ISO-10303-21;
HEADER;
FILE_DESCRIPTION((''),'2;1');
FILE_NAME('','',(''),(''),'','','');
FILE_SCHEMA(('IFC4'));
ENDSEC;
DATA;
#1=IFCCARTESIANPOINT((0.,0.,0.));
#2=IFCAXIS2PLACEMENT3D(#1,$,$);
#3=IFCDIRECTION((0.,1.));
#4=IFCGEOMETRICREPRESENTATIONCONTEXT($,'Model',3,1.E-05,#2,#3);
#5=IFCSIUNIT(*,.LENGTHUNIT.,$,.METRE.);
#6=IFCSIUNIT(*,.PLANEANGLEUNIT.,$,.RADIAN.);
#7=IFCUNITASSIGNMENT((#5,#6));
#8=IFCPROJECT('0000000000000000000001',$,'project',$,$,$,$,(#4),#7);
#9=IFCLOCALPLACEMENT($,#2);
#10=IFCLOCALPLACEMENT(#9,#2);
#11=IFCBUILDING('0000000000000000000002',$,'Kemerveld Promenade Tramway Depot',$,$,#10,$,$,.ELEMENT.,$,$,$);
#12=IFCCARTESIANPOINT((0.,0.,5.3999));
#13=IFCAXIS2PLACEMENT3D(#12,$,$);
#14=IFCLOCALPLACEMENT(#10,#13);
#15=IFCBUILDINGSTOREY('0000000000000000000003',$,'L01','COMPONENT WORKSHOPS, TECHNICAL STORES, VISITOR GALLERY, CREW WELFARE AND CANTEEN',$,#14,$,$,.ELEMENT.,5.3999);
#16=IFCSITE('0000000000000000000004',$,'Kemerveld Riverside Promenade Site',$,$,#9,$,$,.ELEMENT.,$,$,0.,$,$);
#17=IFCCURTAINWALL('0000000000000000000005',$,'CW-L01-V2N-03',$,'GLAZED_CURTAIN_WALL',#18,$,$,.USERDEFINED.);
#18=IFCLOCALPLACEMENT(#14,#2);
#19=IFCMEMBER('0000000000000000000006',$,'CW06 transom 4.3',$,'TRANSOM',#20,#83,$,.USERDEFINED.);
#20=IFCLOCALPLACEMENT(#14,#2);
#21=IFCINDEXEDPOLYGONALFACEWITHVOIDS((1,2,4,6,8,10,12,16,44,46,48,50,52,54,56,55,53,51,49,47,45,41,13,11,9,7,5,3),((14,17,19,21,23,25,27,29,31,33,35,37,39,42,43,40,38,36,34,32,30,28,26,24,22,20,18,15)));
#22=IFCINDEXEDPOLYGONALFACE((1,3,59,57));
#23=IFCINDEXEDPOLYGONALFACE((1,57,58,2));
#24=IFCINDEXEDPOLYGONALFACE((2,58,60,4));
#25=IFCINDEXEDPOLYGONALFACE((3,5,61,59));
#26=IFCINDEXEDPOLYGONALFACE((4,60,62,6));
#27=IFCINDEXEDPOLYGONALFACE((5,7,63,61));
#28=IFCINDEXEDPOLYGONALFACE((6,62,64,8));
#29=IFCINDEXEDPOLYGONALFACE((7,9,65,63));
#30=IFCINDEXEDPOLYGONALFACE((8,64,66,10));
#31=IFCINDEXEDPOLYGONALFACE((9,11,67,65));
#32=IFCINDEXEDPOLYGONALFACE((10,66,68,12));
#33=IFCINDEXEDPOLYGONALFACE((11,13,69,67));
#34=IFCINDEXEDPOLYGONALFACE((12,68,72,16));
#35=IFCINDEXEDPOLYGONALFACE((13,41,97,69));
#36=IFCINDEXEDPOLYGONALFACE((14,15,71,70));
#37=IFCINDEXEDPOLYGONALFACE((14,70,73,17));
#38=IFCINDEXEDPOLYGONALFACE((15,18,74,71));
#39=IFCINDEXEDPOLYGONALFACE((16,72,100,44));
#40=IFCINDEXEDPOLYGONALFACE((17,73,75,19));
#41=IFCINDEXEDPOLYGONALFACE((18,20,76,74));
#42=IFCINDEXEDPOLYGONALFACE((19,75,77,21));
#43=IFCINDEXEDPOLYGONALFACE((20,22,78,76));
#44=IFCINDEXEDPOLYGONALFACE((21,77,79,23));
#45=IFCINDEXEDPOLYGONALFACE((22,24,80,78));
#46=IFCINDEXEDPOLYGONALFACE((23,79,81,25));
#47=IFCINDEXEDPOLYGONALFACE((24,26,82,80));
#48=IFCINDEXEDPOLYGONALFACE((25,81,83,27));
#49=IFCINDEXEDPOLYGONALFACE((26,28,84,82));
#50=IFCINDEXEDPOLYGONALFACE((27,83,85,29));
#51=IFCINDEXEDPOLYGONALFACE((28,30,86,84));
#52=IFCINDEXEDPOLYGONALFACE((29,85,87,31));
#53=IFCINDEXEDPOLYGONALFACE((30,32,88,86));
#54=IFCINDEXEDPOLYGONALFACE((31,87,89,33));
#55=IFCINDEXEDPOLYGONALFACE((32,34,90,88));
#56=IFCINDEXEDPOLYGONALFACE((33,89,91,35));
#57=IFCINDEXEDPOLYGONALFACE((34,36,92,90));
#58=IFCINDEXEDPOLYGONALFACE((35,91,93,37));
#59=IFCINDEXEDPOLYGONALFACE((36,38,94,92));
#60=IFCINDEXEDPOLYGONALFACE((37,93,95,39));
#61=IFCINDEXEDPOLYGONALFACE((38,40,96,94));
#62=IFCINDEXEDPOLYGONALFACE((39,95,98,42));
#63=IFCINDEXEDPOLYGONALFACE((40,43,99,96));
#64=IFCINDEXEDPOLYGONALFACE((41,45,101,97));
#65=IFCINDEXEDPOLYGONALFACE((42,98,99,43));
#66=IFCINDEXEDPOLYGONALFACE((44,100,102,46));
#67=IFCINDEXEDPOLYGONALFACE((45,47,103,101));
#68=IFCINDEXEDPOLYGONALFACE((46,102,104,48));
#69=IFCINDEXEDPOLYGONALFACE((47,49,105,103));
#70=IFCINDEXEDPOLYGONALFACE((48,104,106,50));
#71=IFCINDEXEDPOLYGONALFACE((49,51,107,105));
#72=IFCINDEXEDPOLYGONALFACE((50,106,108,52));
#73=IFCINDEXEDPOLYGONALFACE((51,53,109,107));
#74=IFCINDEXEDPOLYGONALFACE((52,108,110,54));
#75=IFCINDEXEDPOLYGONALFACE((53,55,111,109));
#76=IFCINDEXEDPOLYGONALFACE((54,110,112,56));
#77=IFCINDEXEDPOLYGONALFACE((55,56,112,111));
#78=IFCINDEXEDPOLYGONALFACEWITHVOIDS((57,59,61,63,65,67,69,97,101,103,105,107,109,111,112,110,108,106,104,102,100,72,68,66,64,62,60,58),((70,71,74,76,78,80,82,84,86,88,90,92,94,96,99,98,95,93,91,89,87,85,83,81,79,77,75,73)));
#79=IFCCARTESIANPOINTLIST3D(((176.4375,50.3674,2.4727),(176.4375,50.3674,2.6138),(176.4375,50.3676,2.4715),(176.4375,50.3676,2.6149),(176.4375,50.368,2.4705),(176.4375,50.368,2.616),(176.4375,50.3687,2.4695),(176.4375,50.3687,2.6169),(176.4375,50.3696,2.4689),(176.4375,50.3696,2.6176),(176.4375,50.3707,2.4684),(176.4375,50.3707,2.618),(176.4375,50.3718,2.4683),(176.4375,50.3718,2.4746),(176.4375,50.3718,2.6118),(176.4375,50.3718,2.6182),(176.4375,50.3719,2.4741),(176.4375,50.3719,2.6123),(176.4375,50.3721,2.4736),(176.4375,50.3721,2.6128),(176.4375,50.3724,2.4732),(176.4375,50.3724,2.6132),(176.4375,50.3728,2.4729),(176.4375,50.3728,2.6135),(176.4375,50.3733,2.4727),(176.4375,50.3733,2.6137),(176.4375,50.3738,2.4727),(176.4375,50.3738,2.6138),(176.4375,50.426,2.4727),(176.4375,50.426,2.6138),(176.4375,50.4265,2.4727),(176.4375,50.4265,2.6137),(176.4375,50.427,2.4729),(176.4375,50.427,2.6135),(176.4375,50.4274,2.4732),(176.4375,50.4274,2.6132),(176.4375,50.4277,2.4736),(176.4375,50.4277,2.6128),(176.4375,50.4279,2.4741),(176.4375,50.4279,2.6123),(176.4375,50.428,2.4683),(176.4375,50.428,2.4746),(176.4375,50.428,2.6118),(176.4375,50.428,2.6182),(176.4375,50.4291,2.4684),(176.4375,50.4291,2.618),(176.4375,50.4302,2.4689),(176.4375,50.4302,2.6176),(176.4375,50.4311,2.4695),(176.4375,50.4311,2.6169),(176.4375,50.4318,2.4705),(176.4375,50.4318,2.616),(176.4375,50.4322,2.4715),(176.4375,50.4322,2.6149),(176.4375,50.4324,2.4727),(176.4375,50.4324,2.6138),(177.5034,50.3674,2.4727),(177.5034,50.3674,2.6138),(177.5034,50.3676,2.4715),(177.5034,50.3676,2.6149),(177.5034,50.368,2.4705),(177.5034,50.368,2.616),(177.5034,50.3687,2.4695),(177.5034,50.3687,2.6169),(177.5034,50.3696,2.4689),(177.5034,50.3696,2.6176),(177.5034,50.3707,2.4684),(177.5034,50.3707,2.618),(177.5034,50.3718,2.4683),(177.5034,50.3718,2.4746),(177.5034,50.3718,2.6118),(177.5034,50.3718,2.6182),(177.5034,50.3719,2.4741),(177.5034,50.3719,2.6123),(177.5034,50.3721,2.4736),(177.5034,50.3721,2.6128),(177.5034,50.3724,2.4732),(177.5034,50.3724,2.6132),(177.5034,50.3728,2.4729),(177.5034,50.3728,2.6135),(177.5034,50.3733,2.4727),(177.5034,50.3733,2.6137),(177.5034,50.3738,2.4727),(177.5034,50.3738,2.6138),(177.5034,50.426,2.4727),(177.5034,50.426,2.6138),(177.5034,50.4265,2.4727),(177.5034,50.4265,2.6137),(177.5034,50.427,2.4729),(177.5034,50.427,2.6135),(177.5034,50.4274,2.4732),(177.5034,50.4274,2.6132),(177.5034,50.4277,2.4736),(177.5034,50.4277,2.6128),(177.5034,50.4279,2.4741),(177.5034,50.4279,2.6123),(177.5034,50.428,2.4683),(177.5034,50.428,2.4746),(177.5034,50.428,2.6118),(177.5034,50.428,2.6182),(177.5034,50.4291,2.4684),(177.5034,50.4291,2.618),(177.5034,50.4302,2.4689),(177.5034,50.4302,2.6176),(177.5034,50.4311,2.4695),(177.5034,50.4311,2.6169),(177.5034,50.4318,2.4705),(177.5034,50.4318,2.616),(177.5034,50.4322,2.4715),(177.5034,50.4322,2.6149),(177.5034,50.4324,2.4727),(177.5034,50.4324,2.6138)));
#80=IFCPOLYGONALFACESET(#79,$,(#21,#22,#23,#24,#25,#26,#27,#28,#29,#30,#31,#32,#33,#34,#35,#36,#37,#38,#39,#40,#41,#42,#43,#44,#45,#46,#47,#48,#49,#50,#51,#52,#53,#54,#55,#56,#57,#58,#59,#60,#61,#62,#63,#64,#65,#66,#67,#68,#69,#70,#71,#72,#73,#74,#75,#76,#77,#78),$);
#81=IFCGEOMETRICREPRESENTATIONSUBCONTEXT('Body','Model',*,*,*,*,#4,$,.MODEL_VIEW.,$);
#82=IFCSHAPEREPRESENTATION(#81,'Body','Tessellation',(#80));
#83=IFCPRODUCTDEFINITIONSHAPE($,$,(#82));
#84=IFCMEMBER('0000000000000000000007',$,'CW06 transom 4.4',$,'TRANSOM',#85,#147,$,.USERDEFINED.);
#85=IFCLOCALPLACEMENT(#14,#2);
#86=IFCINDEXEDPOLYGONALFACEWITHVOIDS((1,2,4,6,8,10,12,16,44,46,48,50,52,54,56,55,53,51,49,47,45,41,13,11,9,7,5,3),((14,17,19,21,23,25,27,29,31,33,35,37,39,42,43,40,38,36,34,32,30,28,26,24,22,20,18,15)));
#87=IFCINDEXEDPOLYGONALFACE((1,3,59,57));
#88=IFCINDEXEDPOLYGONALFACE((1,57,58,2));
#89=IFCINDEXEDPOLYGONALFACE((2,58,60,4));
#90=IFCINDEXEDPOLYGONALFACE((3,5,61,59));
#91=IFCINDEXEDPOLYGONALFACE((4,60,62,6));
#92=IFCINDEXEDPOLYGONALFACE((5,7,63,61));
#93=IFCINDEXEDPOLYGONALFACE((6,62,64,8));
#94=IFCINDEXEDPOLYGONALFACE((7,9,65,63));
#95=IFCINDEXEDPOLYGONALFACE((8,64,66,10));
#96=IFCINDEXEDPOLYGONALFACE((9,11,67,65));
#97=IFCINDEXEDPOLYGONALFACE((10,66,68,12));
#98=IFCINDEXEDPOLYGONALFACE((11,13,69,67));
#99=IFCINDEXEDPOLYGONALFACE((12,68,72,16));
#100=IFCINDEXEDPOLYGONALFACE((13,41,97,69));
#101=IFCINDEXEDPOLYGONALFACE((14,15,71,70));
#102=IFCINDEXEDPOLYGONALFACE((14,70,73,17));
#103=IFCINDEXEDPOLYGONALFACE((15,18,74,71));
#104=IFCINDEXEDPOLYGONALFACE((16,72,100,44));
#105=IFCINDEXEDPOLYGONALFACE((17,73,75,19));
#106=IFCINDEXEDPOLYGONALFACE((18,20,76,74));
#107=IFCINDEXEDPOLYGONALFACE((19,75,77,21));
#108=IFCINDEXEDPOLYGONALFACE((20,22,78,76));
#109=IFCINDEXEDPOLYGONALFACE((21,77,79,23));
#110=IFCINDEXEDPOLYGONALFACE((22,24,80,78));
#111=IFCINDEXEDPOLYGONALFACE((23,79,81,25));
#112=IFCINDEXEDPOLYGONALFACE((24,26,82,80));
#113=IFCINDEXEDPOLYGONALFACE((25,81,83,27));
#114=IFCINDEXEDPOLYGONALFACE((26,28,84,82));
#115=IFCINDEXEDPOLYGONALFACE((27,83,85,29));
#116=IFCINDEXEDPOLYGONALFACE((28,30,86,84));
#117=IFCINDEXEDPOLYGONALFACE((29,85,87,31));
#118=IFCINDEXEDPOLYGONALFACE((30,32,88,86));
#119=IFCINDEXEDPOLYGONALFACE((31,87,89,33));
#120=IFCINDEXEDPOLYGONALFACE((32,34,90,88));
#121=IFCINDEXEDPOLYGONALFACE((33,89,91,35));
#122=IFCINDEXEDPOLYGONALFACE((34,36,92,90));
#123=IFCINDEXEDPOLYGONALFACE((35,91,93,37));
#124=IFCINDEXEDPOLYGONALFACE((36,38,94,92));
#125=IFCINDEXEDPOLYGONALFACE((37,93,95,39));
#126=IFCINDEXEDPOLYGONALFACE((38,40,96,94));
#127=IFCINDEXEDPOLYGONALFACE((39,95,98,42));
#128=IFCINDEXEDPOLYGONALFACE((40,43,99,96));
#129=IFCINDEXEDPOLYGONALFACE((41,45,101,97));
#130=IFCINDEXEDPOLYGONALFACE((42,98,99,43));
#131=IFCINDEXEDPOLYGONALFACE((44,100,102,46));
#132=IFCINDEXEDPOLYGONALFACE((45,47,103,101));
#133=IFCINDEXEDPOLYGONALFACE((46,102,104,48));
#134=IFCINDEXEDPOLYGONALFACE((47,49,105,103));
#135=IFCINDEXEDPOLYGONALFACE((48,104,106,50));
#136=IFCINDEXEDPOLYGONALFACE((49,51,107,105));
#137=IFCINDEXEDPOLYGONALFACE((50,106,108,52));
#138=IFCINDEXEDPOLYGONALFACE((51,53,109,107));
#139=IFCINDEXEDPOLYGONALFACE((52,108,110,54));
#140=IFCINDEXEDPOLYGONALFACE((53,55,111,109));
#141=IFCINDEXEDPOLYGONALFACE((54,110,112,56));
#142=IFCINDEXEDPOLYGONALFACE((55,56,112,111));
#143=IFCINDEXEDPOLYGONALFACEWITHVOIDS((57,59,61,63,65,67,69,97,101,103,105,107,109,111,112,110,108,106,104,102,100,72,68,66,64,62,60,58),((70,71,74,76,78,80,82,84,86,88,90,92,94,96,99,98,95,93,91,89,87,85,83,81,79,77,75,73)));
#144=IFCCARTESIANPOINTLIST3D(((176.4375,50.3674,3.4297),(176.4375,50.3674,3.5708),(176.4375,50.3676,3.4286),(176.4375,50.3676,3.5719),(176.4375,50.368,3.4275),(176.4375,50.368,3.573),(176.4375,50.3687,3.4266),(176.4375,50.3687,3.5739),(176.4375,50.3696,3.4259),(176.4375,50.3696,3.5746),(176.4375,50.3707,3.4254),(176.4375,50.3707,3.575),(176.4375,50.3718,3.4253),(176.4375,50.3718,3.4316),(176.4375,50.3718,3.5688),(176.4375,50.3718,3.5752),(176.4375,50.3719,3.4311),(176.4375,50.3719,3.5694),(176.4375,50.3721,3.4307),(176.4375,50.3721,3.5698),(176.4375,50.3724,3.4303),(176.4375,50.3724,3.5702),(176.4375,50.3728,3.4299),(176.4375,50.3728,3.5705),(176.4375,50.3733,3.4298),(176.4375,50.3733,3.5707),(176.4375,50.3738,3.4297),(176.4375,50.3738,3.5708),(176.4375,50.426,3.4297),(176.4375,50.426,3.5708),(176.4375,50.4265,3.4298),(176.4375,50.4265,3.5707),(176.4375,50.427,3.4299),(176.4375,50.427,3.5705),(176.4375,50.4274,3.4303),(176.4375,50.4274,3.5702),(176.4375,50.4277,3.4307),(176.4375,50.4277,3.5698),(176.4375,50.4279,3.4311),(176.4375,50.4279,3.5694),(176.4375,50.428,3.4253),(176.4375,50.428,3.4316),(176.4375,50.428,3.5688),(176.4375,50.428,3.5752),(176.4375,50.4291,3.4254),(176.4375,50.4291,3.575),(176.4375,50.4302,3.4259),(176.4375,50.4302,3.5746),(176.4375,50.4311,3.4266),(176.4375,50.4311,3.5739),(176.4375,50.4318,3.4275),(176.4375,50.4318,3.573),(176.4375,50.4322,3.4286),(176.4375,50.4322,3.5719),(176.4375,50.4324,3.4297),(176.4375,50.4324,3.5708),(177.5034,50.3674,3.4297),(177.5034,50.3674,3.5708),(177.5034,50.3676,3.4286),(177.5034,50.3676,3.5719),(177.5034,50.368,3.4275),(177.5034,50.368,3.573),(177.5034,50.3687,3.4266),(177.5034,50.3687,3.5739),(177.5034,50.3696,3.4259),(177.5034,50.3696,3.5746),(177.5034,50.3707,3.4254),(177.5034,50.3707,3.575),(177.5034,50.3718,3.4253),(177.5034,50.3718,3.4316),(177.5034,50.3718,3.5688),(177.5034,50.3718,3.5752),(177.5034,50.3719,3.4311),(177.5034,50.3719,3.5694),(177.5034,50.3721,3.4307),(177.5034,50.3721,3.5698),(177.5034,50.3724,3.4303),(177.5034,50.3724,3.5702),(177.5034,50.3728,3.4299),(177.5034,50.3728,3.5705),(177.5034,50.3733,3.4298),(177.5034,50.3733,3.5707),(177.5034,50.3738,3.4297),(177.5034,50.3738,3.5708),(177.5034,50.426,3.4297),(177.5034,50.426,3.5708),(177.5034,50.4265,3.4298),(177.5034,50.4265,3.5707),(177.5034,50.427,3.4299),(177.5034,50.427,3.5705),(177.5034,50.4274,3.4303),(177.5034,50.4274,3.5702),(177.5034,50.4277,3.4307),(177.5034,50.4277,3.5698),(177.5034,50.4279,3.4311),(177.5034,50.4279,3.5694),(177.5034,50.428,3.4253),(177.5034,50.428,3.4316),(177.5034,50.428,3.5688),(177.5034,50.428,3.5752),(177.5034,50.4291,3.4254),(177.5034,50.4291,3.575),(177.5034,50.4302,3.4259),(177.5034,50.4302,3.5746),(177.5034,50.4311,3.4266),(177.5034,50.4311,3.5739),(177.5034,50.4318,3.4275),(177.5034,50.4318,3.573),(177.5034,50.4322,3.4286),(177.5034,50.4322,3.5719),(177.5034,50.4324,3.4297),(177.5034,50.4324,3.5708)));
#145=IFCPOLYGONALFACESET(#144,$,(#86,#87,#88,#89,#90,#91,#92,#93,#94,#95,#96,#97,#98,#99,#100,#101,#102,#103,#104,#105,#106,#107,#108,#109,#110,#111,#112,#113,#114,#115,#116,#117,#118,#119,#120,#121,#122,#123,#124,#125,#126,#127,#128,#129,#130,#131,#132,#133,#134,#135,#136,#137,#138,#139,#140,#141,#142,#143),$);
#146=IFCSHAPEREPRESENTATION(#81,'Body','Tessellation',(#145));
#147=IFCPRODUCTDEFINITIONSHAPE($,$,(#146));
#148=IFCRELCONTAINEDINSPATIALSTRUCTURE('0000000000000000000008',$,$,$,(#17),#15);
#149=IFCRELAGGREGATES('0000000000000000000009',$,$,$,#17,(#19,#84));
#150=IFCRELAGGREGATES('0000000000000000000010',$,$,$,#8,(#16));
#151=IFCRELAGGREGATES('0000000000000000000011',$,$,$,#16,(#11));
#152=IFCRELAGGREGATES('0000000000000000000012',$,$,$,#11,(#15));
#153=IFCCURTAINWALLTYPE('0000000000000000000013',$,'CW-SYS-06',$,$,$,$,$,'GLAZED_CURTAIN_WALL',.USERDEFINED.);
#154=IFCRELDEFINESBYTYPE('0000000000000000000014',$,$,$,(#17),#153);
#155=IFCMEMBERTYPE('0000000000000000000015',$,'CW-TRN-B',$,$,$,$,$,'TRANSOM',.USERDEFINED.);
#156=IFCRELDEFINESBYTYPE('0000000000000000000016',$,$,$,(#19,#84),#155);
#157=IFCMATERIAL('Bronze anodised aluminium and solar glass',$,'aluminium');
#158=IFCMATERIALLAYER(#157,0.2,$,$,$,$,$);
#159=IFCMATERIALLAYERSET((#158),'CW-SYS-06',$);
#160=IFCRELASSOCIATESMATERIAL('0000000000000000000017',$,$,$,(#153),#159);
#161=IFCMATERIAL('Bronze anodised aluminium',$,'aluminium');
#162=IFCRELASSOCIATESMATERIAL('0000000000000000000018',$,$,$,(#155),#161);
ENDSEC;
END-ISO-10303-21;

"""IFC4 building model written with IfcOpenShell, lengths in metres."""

from ifc_helpers import new_model, si_unit, direction, frame, origin, origin_2d, place, context, subcontext, project, spatial, hollow_rectangle, extrude, material, layer, layer_set, material_profile, profile_set, type_object, element, aggregate, save


model = new_model("IFC4")

# Units and contexts
model_context = context("Model", 3, precision=1e-05, world=origin(), true_north=direction((0.0, 1.0)))
body_context = subcontext(model_context, "Body", "Model", "MODEL_VIEW")
ifc_project = project(units=[si_unit("LENGTHUNIT", "METRE"), si_unit("PLANEANGLEUNIT", "RADIAN")], contexts=[model_context])

# Site, building, storey
site_placement = place(None, origin())
site = spatial("IfcSite", under=ifc_project, at=site_placement, Name="Kemerveld Riverside Promenade Site", CompositionType="ELEMENT", RefElevation=0.0)
building_placement = place(site_placement, origin())
building = spatial("IfcBuilding", under=site, at=building_placement, Name="Kemerveld Promenade Tramway Depot", CompositionType="ELEMENT")
storey_placement = place(building_placement, frame((0.0, 0.0, 5.3999)))
storey = spatial("IfcBuildingStorey", under=building, at=storey_placement, Name="L01", Description="COMPONENT WORKSHOPS, TECHNICAL STORES, VISITOR GALLERY, CREW WELFARE AND CANTEEN", CompositionType="ELEMENT", Elevation=5.3999)

# Curtain wall, members
ifc_material_1 = material(Name="Bronze anodised aluminium and solar glass", Category="aluminium")
ifc_layer_1 = layer(ifc_material_1, 0.2)
ifc_layer_set_1 = layer_set([ifc_layer_1], Name="CW-SYS-06")
curtain_wall_type = type_object("IfcCurtainWallType", Name="CW-SYS-06", ElementType="GLAZED_CURTAIN_WALL", PredefinedType="USERDEFINED", material=ifc_layer_set_1)
curtain_wall_placement = place(storey_placement, origin())
curtain_wall = element("IfcCurtainWall", 1, at=curtain_wall_placement, inside=storey, type_object=curtain_wall_type, Name="CW-L01-V2N-03", ObjectType="GLAZED_CURTAIN_WALL", PredefinedType="USERDEFINED")
ifc_material_2 = material(Name="Bronze anodised aluminium", Category="aluminium")
ifc_material_profile_1 = material_profile(ifc_material_2, hollow_rectangle(XDim=0.0649, YDim=0.1499, WallThickness=0.0044, InnerFilletRadius=0.002, OuterFilletRadius=0.0044, at=origin_2d()), Name="CW-TRN-150x65")
ifc_profile_set_1 = profile_set([ifc_material_profile_1], Name="Bronze anodised aluminium")
member_type_1 = type_object("IfcMemberType", Name="CW-TRN-B", ElementType="TRANSOM", PredefinedType="USERDEFINED", material=ifc_profile_set_1)
member_1_placement = place(storey_placement, frame((176.4375, 50.3999, 2.5432), z_axis=(1.0, 0.0, 0.0), x_axis=(0.0, 1.0, 0.0)))
member_1 = element("IfcMember", 2, at=member_1_placement, type_object=member_type_1, Name="CW06 transom 4.3", ObjectType="TRANSOM", PredefinedType="USERDEFINED", context=body_context, shape_type="SweptSolid", body=[
    extrude(hollow_rectangle(XDim=0.0649, YDim=0.1499, WallThickness=0.0044, InnerFilletRadius=0.002, OuterFilletRadius=0.0044, at=origin_2d()), origin(), (0.0, 0.0, 1.0), 1.0659),
])
member_2_placement = place(storey_placement, frame((176.4375, 50.3999, 3.5002), z_axis=(1.0, 0.0, 0.0), x_axis=(0.0, 1.0, 0.0)))
member_2 = element("IfcMember", 3, at=member_2_placement, type_object=member_type_1, Name="CW06 transom 4.4", ObjectType="TRANSOM", PredefinedType="USERDEFINED", context=body_context, shape_type="SweptSolid", body=[
    extrude(hollow_rectangle(XDim=0.0649, YDim=0.1499, WallThickness=0.0044, InnerFilletRadius=0.002, OuterFilletRadius=0.0044, at=origin_2d()), origin(), (0.0, 0.0, 1.0), 1.0659),
])
aggregate(curtain_wall, [member_1, member_2])

save(model, "model.ifc")
